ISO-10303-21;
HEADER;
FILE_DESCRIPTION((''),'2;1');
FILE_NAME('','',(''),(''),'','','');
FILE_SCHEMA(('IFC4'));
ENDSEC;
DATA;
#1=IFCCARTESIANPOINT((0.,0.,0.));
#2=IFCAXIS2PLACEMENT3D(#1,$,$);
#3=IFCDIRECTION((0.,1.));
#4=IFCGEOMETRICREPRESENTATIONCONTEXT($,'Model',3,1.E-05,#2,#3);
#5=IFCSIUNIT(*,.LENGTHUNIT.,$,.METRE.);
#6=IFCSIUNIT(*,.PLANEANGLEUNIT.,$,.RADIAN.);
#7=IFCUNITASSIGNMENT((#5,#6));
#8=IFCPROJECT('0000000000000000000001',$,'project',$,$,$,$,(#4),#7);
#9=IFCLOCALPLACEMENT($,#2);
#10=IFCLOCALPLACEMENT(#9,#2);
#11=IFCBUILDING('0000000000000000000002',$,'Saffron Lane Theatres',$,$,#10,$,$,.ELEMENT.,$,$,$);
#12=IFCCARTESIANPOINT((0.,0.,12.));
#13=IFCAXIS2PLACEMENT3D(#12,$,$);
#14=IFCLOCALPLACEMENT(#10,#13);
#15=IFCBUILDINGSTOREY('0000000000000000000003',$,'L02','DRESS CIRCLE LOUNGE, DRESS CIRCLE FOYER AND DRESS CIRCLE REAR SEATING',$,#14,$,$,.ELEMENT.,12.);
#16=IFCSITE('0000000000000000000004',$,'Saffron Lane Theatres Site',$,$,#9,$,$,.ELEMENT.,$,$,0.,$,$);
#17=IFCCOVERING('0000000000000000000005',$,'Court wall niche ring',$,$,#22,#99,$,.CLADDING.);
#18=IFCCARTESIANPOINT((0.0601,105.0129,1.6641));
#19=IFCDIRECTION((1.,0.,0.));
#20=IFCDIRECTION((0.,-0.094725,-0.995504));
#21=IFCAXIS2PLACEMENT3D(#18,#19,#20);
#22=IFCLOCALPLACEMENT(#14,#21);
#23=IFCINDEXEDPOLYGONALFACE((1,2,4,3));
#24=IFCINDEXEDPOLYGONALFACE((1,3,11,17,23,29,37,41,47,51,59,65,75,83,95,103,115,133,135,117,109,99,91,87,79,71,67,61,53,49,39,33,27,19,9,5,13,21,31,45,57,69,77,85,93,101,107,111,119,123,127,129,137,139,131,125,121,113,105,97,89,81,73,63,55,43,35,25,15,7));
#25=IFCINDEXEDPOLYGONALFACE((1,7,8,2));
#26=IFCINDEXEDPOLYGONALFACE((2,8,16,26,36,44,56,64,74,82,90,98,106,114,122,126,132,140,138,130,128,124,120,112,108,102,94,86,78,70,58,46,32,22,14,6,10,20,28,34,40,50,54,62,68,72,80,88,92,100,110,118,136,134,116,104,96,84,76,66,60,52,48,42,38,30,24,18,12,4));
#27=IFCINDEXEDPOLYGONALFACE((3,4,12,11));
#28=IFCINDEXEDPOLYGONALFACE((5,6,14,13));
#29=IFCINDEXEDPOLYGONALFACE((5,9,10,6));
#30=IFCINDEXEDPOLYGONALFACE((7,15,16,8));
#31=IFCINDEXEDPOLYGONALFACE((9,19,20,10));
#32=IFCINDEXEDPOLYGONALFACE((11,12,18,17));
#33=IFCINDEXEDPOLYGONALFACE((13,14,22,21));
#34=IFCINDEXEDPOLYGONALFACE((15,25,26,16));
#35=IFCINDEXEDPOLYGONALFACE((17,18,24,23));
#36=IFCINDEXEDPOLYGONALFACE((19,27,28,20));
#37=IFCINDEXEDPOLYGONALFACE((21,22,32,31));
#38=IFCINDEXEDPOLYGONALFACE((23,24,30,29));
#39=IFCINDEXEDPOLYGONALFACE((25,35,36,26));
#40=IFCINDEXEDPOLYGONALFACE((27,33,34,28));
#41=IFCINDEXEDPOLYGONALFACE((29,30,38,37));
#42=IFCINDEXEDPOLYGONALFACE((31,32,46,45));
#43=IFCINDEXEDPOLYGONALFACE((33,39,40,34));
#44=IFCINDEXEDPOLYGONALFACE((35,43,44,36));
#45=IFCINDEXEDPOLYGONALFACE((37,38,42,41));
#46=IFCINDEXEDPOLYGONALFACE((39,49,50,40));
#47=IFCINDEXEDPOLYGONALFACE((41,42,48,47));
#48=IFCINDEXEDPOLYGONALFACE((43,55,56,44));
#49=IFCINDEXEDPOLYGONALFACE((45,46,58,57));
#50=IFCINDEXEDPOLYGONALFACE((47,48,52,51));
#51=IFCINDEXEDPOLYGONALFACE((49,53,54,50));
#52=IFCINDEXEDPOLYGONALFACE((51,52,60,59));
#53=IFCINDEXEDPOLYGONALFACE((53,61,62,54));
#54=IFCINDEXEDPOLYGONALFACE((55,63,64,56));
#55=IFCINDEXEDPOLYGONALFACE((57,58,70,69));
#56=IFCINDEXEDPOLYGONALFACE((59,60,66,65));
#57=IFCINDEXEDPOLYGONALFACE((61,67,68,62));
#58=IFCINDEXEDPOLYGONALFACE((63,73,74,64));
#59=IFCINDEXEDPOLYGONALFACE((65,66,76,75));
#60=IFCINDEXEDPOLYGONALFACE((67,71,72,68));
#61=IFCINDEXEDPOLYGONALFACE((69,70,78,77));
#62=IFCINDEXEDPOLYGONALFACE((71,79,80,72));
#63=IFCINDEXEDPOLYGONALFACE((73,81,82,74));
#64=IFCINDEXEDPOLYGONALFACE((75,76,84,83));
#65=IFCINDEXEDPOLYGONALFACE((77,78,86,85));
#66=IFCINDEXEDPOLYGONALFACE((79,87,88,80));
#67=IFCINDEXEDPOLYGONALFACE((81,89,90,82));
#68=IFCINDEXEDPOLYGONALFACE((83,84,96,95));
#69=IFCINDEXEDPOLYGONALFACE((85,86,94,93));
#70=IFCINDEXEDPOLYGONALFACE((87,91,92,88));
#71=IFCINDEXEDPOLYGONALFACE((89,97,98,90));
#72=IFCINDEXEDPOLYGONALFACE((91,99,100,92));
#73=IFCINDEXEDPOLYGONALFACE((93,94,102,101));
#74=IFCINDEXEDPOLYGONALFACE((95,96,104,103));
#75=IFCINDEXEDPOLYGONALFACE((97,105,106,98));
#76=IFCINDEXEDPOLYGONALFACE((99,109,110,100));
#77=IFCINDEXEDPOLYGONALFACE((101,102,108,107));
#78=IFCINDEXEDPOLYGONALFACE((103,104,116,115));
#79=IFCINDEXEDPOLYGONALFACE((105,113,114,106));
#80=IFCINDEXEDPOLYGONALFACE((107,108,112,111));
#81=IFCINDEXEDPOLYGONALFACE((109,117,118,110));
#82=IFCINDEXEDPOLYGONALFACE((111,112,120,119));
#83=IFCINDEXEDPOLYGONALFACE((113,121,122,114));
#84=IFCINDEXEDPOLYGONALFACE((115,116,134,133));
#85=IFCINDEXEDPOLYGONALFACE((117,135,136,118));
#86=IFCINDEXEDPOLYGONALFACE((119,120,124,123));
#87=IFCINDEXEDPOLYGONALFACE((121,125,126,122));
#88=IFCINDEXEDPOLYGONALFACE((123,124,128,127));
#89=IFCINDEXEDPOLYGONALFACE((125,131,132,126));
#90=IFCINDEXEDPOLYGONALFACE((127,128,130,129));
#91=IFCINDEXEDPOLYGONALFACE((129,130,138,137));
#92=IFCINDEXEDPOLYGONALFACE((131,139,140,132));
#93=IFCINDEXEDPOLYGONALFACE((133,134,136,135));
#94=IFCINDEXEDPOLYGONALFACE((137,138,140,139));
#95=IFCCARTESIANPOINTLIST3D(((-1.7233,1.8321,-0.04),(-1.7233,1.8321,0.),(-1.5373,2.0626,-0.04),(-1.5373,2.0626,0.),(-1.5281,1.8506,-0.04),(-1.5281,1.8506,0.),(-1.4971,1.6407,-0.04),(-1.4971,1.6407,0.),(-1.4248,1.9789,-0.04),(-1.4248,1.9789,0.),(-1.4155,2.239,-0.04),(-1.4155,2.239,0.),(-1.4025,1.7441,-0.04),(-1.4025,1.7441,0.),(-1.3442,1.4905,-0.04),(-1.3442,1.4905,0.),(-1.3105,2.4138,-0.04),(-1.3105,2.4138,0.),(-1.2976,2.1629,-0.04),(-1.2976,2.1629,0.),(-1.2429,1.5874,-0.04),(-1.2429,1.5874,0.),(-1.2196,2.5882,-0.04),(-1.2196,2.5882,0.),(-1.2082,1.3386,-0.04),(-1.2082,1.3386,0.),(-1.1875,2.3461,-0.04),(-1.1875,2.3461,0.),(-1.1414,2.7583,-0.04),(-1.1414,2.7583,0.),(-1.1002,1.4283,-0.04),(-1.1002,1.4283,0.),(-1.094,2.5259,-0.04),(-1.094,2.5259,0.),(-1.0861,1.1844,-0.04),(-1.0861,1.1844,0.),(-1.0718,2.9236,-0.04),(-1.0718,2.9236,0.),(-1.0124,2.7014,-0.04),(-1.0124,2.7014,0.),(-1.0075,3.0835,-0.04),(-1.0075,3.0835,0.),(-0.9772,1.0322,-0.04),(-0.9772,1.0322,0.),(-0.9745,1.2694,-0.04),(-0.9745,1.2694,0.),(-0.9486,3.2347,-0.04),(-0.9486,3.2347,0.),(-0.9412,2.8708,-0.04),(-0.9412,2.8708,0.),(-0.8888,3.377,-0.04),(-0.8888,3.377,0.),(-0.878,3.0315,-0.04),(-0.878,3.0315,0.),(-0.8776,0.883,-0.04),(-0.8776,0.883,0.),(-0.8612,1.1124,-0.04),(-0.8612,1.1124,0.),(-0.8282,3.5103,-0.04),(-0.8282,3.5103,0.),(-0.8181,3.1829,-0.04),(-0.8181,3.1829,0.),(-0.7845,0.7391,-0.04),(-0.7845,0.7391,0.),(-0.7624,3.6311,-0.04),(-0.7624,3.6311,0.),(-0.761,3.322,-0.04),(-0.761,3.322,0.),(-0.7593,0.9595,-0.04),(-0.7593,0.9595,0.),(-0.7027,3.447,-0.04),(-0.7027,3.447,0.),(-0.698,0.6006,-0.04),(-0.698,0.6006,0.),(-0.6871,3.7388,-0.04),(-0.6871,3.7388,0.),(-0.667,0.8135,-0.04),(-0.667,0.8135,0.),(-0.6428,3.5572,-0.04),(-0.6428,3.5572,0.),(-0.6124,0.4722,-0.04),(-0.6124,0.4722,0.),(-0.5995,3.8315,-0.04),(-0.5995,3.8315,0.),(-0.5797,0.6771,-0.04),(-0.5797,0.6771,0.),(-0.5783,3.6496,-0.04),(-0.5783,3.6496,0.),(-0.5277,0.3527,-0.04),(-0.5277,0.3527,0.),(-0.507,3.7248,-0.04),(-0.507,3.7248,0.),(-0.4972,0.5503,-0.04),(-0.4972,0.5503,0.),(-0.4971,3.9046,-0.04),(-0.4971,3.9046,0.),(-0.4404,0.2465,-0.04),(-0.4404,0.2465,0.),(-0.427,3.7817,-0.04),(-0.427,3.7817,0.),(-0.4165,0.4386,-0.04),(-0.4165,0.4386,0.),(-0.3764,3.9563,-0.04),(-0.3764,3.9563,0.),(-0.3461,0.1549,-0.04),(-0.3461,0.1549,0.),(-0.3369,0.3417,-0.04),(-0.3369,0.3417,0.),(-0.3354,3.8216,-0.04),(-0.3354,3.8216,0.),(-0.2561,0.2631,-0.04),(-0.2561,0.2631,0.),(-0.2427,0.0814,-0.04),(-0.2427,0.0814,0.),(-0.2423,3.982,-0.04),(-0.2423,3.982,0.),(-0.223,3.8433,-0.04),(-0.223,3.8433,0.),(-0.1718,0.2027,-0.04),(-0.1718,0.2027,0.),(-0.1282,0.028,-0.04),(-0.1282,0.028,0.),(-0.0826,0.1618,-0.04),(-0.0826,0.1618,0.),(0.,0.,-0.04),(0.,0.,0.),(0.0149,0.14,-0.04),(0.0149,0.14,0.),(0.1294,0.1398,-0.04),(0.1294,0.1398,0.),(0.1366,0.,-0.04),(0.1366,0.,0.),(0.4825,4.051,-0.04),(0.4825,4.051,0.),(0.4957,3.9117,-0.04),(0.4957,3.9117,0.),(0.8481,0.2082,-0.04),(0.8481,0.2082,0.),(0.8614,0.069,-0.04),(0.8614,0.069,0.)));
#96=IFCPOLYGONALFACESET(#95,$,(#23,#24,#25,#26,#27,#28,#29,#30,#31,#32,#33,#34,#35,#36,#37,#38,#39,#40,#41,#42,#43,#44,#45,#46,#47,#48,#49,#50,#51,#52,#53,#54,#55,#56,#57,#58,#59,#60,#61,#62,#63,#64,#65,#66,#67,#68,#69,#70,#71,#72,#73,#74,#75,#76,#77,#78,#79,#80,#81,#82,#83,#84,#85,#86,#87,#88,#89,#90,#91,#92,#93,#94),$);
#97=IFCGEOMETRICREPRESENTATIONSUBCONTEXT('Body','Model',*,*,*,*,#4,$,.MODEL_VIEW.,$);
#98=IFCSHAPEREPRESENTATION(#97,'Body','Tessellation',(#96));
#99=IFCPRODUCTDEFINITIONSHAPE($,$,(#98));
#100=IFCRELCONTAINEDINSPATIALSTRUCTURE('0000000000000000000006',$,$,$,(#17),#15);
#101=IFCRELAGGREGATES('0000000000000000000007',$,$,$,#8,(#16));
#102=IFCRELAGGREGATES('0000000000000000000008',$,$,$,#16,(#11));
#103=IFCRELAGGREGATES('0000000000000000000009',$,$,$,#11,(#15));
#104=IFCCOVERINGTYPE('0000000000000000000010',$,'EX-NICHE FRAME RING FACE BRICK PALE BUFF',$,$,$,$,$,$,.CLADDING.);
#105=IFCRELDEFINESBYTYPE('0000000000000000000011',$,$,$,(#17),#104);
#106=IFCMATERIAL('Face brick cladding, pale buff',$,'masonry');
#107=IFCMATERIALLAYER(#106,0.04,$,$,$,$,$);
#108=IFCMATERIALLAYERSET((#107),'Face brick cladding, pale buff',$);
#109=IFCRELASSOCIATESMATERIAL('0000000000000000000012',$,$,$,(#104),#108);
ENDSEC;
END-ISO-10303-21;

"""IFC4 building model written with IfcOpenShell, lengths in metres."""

from ifc_helpers import new_model, si_unit, direction, frame, origin, place, context, subcontext, project, spatial, polyline, outline, extrude, material, layer, layer_set, type_object, element, save


model = new_model("IFC4")

# Units and contexts
model_context = context("Model", 3, precision=1e-05, world=origin(), true_north=direction((0.0, 1.0)))
body_context = subcontext(model_context, "Body", "Model", "MODEL_VIEW")
ifc_project = project(units=[si_unit("LENGTHUNIT", "METRE"), si_unit("PLANEANGLEUNIT", "RADIAN")], contexts=[model_context])

# Site, building, storey
site_placement = place(None, origin())
site = spatial("IfcSite", under=ifc_project, at=site_placement, Name="Saffron Lane Theatres Site", CompositionType="ELEMENT", RefElevation=0.0)
building_placement = place(site_placement, origin())
building = spatial("IfcBuilding", under=site, at=building_placement, Name="Saffron Lane Theatres", CompositionType="ELEMENT")
storey_placement = place(building_placement, frame((0.0, 0.0, 12.0)))
storey = spatial("IfcBuildingStorey", under=building, at=storey_placement, Name="L02", Description="DRESS CIRCLE LOUNGE, DRESS CIRCLE FOYER AND DRESS CIRCLE REAR SEATING", CompositionType="ELEMENT", Elevation=12.0)

# Covering
ifc_material_1 = material(Name="Face brick cladding, pale buff", Category="masonry")
ifc_layer_1 = layer(ifc_material_1, 0.04)
ifc_layer_set_1 = layer_set([ifc_layer_1], Name="Face brick cladding, pale buff")
covering_type_1 = type_object("IfcCoveringType", Name="EX-NICHE FRAME RING FACE BRICK PALE BUFF", PredefinedType="CLADDING", material=ifc_layer_set_1)
covering_1_placement = place(storey_placement, frame((0.0601, 105.0129, 1.6641), z_axis=(1.0, 0.0, 0.0), x_axis=(0.0, -0.094725, -0.995504)))
element("IfcCovering", 1, at=covering_1_placement, inside=storey, type_object=covering_type_1, Name="Court wall niche ring", PredefinedType="CLADDING", context=body_context, shape_type="SweptSolid", body=[
    extrude(outline(polyline([(0.0, 0.0), (0.1366, 0.0), (0.8614, 0.069), (0.8481, 0.2082), (0.1294, 0.1398), (0.0149, 0.14), (-0.0826, 0.1618), (-0.1718, 0.2027), (-0.2561, 0.2631), (-0.3369, 0.3417), (-0.4165, 0.4386), (-0.4972, 0.5503), (-0.5797, 0.6771), (-0.667, 0.8135), (-0.7593, 0.9595), (-0.8612, 1.1124), (-0.9745, 1.2694), (-1.1002, 1.4283), (-1.2429, 1.5874), (-1.4025, 1.7441), (-1.5281, 1.8506), (-1.4248, 1.9789), (-1.2976, 2.1629), (-1.1875, 2.3461), (-1.094, 2.5259), (-1.0124, 2.7014), (-0.9412, 2.8708), (-0.878, 3.0315), (-0.8181, 3.1829), (-0.761, 3.322), (-0.7027, 3.447), (-0.6428, 3.5572), (-0.5783, 3.6496), (-0.507, 3.7248), (-0.427, 3.7817), (-0.3354, 3.8216), (-0.223, 3.8433), (0.4957, 3.9117), (0.4825, 4.051), (-0.2423, 3.982), (-0.3764, 3.9563), (-0.4971, 3.9046), (-0.5995, 3.8315), (-0.6871, 3.7388), (-0.7624, 3.6311), (-0.8282, 3.5103), (-0.8888, 3.377), (-0.9486, 3.2347), (-1.0075, 3.0835), (-1.0718, 2.9236), (-1.1414, 2.7583), (-1.2196, 2.5882), (-1.3105, 2.4138), (-1.4155, 2.239), (-1.5373, 2.0626), (-1.7233, 1.8321), (-1.4971, 1.6407), (-1.3442, 1.4905), (-1.2082, 1.3386), (-1.0861, 1.1844), (-0.9772, 1.0322), (-0.8776, 0.883), (-0.7845, 0.7391), (-0.698, 0.6006), (-0.6124, 0.4722), (-0.5277, 0.3527), (-0.4404, 0.2465), (-0.3461, 0.1549), (-0.2427, 0.0814), (-0.1282, 0.028), (0.0, 0.0)])), origin(), (0.0, 0.0, -1.0), 0.04),
])

save(model, "model.ifc")
